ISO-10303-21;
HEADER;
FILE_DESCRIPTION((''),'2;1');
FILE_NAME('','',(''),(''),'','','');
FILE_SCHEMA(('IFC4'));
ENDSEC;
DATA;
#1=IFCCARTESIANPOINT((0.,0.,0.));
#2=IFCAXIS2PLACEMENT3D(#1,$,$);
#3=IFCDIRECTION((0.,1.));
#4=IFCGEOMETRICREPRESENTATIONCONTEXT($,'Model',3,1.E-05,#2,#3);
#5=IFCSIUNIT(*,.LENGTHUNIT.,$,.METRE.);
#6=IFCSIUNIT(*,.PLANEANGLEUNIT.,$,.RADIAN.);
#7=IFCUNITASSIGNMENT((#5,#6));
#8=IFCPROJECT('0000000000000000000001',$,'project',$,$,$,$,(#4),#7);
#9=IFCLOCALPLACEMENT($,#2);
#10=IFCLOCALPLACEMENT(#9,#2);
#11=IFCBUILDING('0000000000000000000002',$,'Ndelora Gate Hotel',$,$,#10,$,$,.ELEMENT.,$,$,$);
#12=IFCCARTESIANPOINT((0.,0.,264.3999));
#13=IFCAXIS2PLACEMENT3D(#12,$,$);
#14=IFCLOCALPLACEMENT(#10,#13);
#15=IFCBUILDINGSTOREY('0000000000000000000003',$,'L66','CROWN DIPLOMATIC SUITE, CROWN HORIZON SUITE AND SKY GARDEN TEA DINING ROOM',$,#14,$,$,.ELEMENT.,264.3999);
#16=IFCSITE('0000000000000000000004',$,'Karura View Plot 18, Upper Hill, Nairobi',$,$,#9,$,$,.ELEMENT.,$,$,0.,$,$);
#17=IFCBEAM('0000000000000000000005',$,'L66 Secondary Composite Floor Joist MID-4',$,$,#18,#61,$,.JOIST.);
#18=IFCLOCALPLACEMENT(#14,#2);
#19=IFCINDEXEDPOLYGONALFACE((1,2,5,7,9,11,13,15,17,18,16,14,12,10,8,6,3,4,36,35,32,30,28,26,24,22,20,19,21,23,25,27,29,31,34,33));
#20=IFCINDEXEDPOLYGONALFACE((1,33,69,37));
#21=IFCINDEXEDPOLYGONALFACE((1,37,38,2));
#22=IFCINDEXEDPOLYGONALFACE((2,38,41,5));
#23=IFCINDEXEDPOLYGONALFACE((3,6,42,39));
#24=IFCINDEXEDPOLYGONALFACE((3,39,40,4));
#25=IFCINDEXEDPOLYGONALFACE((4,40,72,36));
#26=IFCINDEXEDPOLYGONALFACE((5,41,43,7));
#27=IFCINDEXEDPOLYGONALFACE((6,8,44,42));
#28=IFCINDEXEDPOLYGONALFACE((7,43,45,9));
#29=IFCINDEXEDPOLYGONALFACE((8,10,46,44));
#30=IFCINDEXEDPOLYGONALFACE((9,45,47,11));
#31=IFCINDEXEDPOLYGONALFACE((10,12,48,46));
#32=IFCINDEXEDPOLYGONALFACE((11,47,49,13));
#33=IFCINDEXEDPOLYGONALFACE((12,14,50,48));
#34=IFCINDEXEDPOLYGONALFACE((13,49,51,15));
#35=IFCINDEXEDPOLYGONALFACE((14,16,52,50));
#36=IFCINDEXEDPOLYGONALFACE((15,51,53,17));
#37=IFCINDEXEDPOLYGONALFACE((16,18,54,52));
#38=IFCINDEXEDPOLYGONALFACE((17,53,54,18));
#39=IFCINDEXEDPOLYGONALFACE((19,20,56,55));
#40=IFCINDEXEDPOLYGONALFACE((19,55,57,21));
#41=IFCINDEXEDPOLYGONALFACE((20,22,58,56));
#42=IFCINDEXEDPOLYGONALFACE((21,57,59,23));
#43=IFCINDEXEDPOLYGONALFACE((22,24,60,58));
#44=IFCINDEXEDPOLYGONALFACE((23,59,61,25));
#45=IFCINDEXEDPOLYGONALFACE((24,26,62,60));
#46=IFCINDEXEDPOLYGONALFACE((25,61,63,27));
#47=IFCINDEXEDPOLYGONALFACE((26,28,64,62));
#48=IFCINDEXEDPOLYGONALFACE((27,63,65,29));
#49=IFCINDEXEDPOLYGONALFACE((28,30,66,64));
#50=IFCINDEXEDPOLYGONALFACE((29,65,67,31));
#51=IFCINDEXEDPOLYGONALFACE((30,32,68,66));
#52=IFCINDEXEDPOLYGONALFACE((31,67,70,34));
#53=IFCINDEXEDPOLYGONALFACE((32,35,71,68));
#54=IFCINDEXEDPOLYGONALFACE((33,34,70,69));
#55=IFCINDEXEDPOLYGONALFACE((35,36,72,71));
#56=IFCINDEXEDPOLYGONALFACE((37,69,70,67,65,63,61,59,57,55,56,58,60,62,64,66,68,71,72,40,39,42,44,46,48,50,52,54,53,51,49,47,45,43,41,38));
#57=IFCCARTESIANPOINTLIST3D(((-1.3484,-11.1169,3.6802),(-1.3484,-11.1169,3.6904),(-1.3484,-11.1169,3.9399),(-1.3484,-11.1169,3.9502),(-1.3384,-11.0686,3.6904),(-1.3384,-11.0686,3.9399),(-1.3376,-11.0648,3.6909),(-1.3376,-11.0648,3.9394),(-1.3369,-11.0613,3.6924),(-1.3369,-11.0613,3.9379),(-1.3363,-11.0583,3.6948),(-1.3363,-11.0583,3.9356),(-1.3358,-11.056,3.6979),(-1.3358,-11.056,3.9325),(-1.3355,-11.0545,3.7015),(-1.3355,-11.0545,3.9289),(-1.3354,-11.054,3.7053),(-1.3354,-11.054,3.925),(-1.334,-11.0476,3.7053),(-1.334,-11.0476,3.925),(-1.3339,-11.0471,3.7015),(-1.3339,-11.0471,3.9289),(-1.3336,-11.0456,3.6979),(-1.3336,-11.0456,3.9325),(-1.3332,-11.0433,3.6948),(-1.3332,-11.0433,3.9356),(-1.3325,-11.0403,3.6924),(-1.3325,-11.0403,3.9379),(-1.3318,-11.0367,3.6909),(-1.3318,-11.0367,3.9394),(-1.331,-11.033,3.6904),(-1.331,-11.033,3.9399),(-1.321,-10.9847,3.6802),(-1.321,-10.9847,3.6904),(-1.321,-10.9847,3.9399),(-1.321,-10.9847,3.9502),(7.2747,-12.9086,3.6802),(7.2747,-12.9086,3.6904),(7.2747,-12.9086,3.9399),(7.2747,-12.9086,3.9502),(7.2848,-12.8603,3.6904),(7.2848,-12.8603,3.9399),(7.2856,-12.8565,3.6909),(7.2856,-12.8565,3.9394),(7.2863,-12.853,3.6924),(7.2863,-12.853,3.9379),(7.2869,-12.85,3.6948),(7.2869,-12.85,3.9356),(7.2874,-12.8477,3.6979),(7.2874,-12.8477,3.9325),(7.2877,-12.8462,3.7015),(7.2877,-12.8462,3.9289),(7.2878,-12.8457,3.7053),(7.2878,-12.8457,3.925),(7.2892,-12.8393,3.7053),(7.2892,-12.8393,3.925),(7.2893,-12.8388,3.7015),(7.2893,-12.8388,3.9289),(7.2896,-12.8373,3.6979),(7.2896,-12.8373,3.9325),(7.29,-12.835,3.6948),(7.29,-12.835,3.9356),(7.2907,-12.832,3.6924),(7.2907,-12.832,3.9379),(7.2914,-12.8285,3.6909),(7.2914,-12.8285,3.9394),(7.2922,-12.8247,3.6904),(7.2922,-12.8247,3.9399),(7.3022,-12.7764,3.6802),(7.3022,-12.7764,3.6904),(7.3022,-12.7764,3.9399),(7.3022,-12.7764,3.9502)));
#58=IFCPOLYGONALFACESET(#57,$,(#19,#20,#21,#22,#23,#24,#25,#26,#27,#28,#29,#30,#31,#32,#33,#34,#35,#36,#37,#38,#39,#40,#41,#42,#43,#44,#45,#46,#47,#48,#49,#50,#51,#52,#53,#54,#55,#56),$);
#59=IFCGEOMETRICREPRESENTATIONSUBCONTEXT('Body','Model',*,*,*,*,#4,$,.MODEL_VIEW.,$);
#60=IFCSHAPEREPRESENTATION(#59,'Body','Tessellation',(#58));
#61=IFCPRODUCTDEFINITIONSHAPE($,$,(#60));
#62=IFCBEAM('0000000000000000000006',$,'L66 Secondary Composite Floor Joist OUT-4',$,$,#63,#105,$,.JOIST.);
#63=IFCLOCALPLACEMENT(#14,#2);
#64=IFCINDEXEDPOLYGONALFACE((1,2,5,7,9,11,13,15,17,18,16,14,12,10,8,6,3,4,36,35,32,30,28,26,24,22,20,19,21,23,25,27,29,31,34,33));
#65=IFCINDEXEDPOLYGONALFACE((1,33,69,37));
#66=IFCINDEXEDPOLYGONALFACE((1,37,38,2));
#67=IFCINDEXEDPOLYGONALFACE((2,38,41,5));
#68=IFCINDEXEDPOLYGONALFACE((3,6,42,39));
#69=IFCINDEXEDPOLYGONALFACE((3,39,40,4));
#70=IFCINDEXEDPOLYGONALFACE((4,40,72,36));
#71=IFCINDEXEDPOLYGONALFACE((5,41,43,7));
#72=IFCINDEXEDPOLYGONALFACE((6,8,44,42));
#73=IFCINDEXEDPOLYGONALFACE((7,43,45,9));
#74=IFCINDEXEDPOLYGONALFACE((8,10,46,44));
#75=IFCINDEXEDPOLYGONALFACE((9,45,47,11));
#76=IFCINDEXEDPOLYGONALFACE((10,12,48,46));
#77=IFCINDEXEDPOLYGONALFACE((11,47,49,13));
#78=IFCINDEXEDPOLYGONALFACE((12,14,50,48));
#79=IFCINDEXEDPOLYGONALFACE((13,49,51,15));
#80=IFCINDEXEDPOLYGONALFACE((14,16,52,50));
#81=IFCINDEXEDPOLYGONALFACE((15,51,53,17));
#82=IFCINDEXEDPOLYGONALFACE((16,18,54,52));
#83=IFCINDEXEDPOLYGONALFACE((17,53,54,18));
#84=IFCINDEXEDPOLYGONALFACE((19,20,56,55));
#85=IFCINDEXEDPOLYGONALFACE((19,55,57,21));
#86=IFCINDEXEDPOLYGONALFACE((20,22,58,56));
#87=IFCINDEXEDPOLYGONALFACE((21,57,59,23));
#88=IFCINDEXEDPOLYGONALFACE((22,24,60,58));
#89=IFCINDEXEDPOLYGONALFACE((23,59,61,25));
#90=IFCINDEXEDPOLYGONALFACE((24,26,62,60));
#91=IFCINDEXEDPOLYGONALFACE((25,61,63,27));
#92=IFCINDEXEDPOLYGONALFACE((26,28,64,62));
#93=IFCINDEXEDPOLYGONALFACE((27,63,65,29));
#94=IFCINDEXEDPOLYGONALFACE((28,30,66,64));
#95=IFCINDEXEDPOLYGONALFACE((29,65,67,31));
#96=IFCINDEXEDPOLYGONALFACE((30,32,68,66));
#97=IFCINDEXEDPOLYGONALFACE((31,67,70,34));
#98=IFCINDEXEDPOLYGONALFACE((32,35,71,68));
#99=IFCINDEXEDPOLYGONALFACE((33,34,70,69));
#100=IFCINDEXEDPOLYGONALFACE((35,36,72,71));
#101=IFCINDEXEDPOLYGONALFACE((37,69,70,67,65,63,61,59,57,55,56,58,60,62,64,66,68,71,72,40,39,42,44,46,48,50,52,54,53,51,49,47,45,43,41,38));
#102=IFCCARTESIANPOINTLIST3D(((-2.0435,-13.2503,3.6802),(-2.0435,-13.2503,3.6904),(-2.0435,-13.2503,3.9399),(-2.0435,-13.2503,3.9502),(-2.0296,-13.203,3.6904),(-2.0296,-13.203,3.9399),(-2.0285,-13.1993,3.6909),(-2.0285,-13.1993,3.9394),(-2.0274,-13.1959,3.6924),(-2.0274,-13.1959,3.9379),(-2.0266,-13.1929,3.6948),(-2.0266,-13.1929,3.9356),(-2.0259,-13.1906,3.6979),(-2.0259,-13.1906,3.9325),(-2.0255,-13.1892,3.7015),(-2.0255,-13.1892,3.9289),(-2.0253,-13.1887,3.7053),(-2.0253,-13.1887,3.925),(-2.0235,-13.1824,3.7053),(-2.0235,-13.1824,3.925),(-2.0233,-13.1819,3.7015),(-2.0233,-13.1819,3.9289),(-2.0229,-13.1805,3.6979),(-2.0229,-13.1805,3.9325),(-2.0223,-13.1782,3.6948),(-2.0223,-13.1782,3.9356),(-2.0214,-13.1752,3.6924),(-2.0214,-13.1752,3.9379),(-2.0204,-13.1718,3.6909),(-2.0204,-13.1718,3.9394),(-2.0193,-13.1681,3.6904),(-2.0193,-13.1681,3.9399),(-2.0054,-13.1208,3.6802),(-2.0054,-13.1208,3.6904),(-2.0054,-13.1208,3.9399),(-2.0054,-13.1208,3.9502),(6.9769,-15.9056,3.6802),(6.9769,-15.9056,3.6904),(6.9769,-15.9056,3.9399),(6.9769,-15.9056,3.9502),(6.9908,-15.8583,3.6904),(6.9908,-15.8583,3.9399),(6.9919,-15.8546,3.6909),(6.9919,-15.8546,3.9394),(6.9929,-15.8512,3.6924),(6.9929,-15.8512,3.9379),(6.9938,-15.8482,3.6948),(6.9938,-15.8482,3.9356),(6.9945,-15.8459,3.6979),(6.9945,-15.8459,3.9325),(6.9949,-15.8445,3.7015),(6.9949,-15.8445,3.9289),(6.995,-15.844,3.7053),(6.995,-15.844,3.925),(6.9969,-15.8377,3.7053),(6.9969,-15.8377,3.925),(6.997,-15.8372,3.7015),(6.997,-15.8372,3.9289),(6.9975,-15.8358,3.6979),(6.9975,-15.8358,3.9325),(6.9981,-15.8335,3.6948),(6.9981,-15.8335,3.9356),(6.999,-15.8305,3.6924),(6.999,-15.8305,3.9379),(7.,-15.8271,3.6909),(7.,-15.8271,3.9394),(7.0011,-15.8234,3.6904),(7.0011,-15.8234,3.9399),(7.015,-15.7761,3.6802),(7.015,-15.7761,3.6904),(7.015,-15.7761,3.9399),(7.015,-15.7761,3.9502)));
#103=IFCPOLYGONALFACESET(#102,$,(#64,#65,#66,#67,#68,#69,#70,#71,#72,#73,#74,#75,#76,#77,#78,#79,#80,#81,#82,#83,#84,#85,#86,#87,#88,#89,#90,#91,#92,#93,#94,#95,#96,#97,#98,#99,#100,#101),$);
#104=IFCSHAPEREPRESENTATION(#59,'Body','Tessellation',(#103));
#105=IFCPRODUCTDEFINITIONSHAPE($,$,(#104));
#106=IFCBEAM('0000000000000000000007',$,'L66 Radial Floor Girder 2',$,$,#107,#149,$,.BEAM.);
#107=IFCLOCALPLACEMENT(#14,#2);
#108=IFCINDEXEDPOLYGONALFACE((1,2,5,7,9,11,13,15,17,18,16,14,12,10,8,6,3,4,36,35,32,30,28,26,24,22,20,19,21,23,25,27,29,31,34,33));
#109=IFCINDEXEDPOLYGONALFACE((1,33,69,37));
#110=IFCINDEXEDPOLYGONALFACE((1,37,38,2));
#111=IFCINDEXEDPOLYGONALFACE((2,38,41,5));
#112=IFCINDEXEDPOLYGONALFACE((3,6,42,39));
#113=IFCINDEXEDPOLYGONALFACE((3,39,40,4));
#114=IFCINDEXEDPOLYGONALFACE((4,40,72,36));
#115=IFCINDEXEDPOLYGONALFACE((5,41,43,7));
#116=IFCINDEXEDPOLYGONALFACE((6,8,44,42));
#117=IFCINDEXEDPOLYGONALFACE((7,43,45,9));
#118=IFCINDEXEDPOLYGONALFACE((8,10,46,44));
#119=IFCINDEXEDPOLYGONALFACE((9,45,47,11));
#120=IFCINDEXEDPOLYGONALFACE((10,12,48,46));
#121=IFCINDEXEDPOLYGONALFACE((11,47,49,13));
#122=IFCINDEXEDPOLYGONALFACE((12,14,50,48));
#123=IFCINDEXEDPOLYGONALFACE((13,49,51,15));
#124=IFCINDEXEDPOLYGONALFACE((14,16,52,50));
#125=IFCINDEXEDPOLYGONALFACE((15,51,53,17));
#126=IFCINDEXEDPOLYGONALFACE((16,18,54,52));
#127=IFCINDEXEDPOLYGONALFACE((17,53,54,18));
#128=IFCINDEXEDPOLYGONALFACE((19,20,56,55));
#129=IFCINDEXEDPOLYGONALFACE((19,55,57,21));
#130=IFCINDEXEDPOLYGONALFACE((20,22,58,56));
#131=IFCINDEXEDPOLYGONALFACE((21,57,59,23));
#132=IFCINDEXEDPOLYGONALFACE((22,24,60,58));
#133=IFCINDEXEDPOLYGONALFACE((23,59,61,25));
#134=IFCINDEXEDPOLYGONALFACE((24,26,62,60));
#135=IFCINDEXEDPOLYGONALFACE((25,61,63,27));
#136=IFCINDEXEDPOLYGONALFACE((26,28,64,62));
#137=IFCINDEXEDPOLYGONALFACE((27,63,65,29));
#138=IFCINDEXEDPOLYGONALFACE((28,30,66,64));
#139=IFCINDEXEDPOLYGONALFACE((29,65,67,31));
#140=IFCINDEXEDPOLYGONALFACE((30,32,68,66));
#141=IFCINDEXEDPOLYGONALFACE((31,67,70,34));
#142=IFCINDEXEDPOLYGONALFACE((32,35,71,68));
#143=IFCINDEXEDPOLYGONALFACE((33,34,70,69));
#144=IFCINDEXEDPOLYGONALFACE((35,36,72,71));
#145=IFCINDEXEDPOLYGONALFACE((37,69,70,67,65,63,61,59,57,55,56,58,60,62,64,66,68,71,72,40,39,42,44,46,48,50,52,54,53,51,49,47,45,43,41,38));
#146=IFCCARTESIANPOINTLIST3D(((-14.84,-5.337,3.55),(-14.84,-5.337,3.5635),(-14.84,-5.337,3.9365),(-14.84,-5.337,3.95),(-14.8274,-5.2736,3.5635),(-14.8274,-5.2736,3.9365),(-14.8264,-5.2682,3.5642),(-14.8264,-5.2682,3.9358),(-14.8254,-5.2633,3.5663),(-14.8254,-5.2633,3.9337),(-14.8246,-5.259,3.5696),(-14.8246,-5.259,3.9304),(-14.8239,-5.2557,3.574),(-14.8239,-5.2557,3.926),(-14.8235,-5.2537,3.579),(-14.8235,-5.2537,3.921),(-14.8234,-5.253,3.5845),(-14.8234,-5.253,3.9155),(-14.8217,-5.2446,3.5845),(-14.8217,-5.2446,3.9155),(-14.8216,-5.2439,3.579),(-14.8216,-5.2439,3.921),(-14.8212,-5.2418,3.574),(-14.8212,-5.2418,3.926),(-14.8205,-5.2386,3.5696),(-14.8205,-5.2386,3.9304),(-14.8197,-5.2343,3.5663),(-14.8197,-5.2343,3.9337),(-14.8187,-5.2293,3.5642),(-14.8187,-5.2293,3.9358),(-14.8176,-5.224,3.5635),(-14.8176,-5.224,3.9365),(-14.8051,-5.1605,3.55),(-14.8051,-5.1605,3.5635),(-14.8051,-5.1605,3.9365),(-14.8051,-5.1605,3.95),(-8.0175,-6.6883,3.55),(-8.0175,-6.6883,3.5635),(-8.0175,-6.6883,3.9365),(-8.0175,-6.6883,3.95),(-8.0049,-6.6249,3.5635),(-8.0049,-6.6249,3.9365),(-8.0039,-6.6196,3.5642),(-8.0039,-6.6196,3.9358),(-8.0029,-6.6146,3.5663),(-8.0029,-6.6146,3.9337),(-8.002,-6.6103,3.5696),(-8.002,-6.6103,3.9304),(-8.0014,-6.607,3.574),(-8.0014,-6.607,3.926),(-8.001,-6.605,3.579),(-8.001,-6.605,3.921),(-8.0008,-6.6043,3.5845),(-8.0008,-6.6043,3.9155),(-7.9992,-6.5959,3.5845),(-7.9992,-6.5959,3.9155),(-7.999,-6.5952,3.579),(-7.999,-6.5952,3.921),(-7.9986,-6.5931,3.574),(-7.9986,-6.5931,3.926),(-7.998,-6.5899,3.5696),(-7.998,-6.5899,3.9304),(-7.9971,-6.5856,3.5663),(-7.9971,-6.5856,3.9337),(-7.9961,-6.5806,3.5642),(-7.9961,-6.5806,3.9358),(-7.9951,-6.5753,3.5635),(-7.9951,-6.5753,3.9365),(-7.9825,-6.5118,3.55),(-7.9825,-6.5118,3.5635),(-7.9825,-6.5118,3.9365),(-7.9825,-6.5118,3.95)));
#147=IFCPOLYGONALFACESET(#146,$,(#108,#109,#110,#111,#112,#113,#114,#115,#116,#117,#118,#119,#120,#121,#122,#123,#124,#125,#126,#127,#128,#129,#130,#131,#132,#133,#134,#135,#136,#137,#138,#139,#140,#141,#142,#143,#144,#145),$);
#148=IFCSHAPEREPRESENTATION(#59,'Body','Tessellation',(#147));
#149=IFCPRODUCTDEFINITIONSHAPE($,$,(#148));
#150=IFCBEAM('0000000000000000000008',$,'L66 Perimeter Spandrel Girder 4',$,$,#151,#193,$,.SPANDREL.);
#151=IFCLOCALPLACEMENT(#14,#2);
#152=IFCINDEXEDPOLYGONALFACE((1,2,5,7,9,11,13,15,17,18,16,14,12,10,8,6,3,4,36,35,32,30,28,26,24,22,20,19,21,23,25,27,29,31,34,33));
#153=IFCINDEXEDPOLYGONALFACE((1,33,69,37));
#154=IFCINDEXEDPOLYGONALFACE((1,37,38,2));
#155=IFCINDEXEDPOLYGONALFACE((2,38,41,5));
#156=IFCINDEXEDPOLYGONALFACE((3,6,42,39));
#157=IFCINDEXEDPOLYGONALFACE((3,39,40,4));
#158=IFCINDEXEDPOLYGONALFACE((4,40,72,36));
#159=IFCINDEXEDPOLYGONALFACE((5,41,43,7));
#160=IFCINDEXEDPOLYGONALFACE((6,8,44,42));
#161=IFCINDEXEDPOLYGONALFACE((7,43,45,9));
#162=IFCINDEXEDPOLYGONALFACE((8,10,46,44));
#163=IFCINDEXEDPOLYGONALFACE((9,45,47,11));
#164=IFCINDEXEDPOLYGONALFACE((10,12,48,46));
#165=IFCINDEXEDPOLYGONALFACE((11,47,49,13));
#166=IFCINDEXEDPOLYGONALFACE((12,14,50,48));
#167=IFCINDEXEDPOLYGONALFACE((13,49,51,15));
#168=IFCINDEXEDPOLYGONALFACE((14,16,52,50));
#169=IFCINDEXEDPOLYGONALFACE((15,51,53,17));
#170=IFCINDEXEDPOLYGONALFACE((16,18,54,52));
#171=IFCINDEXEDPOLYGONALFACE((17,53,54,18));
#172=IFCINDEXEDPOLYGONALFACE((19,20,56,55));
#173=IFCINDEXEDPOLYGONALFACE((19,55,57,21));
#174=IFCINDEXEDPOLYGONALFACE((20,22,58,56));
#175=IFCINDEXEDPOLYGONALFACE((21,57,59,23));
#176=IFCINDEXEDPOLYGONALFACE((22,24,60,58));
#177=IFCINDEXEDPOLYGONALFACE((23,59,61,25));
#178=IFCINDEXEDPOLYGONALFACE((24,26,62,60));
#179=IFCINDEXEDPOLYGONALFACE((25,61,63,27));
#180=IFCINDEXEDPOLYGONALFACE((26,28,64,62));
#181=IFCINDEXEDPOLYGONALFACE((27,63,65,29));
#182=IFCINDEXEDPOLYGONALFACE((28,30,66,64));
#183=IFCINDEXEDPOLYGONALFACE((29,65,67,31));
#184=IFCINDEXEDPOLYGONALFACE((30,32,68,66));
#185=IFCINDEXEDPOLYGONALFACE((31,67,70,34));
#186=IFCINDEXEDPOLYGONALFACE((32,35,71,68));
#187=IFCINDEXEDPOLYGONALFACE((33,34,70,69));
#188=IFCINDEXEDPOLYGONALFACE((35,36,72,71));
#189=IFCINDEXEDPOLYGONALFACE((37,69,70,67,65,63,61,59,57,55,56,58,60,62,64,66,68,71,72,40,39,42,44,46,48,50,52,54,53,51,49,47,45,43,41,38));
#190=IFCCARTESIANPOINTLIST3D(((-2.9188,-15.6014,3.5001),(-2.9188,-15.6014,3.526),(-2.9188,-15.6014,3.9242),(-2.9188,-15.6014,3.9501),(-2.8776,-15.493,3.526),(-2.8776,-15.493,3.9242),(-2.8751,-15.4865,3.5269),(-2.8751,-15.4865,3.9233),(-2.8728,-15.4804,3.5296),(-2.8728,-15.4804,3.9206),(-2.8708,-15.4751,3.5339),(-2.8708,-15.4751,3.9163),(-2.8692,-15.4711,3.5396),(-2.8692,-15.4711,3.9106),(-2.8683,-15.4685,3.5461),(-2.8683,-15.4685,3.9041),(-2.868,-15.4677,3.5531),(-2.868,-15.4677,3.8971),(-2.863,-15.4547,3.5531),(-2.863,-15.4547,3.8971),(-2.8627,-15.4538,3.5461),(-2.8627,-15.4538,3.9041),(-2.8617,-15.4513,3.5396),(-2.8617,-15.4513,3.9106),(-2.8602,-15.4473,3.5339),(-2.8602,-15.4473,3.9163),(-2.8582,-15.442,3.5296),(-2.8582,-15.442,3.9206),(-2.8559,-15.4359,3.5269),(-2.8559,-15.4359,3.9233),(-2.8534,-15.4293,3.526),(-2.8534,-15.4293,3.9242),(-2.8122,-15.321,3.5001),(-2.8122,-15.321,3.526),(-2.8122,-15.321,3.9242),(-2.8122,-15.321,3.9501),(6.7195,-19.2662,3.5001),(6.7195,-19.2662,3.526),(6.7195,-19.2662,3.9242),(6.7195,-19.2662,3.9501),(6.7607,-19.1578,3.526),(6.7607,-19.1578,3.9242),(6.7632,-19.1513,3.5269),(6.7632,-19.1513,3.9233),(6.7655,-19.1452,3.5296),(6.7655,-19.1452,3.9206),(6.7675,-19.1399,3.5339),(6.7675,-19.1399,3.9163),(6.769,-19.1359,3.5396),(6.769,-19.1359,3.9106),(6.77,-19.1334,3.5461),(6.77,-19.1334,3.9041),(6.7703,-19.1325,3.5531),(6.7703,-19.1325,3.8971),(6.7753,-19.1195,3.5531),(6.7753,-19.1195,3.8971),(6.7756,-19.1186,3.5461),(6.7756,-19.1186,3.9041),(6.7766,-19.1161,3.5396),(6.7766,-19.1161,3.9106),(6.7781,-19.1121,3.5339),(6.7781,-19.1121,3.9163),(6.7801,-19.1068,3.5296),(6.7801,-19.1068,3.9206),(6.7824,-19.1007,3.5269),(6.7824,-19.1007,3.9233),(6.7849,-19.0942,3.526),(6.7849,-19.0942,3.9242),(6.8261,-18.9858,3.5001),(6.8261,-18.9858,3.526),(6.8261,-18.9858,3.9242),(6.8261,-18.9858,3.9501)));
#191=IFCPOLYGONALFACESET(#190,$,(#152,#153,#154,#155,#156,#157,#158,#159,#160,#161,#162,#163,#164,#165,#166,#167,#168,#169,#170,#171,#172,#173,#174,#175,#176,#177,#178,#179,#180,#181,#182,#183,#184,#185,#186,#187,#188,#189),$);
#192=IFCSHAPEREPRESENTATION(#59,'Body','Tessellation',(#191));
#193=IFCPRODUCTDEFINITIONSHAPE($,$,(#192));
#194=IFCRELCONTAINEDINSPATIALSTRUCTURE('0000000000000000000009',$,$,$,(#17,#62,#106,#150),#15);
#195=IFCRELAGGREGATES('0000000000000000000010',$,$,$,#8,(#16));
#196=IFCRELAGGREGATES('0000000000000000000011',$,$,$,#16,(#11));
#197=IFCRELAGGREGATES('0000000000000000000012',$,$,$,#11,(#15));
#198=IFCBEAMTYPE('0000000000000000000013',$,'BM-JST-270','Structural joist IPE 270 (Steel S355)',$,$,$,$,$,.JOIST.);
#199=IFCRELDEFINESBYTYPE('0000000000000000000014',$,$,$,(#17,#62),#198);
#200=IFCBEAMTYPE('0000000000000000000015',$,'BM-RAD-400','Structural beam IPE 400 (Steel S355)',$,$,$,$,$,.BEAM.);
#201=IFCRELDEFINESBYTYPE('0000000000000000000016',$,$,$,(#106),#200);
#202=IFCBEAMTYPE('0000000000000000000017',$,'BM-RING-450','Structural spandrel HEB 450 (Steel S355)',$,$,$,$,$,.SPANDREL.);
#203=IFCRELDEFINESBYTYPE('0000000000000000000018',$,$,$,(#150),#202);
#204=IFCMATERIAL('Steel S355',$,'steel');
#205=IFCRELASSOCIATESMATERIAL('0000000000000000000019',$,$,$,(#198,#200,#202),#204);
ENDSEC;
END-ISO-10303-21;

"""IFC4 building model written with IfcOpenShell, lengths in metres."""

from ifc_helpers import new_model, si_unit, direction, frame, origin, origin_2d, place, context, subcontext, project, spatial, i_section, extrude, material, material_profile, profile_set, type_object, element, save


model = new_model("IFC4")

# Units and contexts
model_context = context("Model", 3, precision=1e-05, world=origin(), true_north=direction((0.0, 1.0)))
body_context = subcontext(model_context, "Body", "Model", "MODEL_VIEW")
ifc_project = project(units=[si_unit("LENGTHUNIT", "METRE"), si_unit("PLANEANGLEUNIT", "RADIAN")], contexts=[model_context])

# Site, building, storey
site_placement = place(None, origin())
site = spatial("IfcSite", under=ifc_project, at=site_placement, Name="Karura View Plot 18, Upper Hill, Nairobi", CompositionType="ELEMENT", RefElevation=0.0)
building_placement = place(site_placement, origin())
building = spatial("IfcBuilding", under=site, at=building_placement, Name="Ndelora Gate Hotel", CompositionType="ELEMENT")
storey_placement = place(building_placement, frame((0.0, 0.0, 264.3999)))
storey = spatial("IfcBuildingStorey", under=building, at=storey_placement, Name="L66", Description="CROWN DIPLOMATIC SUITE, CROWN HORIZON SUITE AND SKY GARDEN TEA DINING ROOM", CompositionType="ELEMENT", Elevation=264.3999)

# Beams
ifc_material_1 = material(Name="Steel S355", Category="steel")
ifc_material_profile_1 = material_profile(ifc_material_1, i_section(OverallWidth=0.135, OverallDepth=0.27, WebThickness=0.0066, FlangeThickness=0.0103, FilletRadius=0.0149, at=origin_2d()), Name="IPE 270")
ifc_profile_set_1 = profile_set([ifc_material_profile_1], Name="Steel S355")
beam_type_1 = type_object("IfcBeamType", Name="BM-JST-270", Description="Structural joist IPE 270 (Steel S355)", PredefinedType="JOIST", material=ifc_profile_set_1)
beam_1_placement = place(storey_placement, frame((-1.3347, -11.0508, 3.8152), z_axis=(0.979088, -0.203435, 0.0), x_axis=(0.203435, 0.979088, 0.0)))
element("IfcBeam", 1, at=beam_1_placement, inside=storey, type_object=beam_type_1, Name="L66 Secondary Composite Floor Joist MID-4", PredefinedType="JOIST", context=body_context, shape_type="SweptSolid", body=[
    extrude(i_section(OverallWidth=0.135, OverallDepth=0.27, WebThickness=0.0066, FlangeThickness=0.0103, FilletRadius=0.0149, at=origin_2d()), origin(), (0.0, 0.0, 1.0), 8.8074),
])
beam_2_placement = place(storey_placement, frame((-2.0244, -13.1855, 3.8152), z_axis=(0.959301, -0.282387, 0.0), x_axis=(0.282387, 0.959301, 0.0)))
element("IfcBeam", 2, at=beam_2_placement, inside=storey, type_object=beam_type_1, Name="L66 Secondary Composite Floor Joist OUT-4", PredefinedType="JOIST", context=body_context, shape_type="SweptSolid", body=[
    extrude(i_section(OverallWidth=0.135, OverallDepth=0.27, WebThickness=0.0066, FlangeThickness=0.0103, FilletRadius=0.0149, at=origin_2d()), origin(), (0.0, 0.0, 1.0), 9.4031),
])
ifc_material_profile_2 = material_profile(ifc_material_1, i_section(OverallWidth=0.1799, OverallDepth=0.3999, WebThickness=0.0085, FlangeThickness=0.0134, FilletRadius=0.021, at=origin_2d()), Name="IPE 400")
ifc_profile_set_2 = profile_set([ifc_material_profile_2], Name="Steel S355")
beam_type_2 = type_object("IfcBeamType", Name="BM-RAD-400", Description="Structural beam IPE 400 (Steel S355)", PredefinedType="BEAM", material=ifc_profile_set_2)
beam_3_placement = place(storey_placement, frame((-8.0, -6.6001, 3.75), z_axis=(-0.980944, 0.194293, 0.0), x_axis=(-0.194293, -0.980944, 0.0)))
element("IfcBeam", 3, at=beam_3_placement, inside=storey, type_object=beam_type_2, Name="L66 Radial Floor Girder 2", PredefinedType="BEAM", context=body_context, shape_type="SweptSolid", body=[
    extrude(i_section(OverallWidth=0.1799, OverallDepth=0.3999, WebThickness=0.0085, FlangeThickness=0.0134, FilletRadius=0.021, at=origin_2d()), origin(), (0.0, 0.0, 1.0), 6.9551),
])
ifc_material_profile_3 = material_profile(ifc_material_1, i_section(OverallWidth=0.3, OverallDepth=0.45, WebThickness=0.0139, FlangeThickness=0.0259, FilletRadius=0.0271, at=origin_2d()), Name="HEB 450")
ifc_profile_set_3 = profile_set([ifc_material_profile_3], Name="Steel S355")
beam_type_3 = type_object("IfcBeamType", Name="BM-RING-450", Description="Structural spandrel HEB 450 (Steel S355)", PredefinedType="SPANDREL", material=ifc_profile_set_3)
beam_4_placement = place(storey_placement, frame((-2.8655, -15.4612, 3.7251), z_axis=(0.93471, -0.355411, 0.0), x_axis=(0.355411, 0.93471, 0.0)))
element("IfcBeam", 4, at=beam_4_placement, inside=storey, type_object=beam_type_3, Name="L66 Perimeter Spandrel Girder 4", PredefinedType="SPANDREL", context=body_context, shape_type="SweptSolid", body=[
    extrude(i_section(OverallWidth=0.3, OverallDepth=0.45, WebThickness=0.0139, FlangeThickness=0.0259, FilletRadius=0.0271, at=origin_2d()), origin(), (0.0, 0.0, 1.0), 10.3115),
])

save(model, "model.ifc")
